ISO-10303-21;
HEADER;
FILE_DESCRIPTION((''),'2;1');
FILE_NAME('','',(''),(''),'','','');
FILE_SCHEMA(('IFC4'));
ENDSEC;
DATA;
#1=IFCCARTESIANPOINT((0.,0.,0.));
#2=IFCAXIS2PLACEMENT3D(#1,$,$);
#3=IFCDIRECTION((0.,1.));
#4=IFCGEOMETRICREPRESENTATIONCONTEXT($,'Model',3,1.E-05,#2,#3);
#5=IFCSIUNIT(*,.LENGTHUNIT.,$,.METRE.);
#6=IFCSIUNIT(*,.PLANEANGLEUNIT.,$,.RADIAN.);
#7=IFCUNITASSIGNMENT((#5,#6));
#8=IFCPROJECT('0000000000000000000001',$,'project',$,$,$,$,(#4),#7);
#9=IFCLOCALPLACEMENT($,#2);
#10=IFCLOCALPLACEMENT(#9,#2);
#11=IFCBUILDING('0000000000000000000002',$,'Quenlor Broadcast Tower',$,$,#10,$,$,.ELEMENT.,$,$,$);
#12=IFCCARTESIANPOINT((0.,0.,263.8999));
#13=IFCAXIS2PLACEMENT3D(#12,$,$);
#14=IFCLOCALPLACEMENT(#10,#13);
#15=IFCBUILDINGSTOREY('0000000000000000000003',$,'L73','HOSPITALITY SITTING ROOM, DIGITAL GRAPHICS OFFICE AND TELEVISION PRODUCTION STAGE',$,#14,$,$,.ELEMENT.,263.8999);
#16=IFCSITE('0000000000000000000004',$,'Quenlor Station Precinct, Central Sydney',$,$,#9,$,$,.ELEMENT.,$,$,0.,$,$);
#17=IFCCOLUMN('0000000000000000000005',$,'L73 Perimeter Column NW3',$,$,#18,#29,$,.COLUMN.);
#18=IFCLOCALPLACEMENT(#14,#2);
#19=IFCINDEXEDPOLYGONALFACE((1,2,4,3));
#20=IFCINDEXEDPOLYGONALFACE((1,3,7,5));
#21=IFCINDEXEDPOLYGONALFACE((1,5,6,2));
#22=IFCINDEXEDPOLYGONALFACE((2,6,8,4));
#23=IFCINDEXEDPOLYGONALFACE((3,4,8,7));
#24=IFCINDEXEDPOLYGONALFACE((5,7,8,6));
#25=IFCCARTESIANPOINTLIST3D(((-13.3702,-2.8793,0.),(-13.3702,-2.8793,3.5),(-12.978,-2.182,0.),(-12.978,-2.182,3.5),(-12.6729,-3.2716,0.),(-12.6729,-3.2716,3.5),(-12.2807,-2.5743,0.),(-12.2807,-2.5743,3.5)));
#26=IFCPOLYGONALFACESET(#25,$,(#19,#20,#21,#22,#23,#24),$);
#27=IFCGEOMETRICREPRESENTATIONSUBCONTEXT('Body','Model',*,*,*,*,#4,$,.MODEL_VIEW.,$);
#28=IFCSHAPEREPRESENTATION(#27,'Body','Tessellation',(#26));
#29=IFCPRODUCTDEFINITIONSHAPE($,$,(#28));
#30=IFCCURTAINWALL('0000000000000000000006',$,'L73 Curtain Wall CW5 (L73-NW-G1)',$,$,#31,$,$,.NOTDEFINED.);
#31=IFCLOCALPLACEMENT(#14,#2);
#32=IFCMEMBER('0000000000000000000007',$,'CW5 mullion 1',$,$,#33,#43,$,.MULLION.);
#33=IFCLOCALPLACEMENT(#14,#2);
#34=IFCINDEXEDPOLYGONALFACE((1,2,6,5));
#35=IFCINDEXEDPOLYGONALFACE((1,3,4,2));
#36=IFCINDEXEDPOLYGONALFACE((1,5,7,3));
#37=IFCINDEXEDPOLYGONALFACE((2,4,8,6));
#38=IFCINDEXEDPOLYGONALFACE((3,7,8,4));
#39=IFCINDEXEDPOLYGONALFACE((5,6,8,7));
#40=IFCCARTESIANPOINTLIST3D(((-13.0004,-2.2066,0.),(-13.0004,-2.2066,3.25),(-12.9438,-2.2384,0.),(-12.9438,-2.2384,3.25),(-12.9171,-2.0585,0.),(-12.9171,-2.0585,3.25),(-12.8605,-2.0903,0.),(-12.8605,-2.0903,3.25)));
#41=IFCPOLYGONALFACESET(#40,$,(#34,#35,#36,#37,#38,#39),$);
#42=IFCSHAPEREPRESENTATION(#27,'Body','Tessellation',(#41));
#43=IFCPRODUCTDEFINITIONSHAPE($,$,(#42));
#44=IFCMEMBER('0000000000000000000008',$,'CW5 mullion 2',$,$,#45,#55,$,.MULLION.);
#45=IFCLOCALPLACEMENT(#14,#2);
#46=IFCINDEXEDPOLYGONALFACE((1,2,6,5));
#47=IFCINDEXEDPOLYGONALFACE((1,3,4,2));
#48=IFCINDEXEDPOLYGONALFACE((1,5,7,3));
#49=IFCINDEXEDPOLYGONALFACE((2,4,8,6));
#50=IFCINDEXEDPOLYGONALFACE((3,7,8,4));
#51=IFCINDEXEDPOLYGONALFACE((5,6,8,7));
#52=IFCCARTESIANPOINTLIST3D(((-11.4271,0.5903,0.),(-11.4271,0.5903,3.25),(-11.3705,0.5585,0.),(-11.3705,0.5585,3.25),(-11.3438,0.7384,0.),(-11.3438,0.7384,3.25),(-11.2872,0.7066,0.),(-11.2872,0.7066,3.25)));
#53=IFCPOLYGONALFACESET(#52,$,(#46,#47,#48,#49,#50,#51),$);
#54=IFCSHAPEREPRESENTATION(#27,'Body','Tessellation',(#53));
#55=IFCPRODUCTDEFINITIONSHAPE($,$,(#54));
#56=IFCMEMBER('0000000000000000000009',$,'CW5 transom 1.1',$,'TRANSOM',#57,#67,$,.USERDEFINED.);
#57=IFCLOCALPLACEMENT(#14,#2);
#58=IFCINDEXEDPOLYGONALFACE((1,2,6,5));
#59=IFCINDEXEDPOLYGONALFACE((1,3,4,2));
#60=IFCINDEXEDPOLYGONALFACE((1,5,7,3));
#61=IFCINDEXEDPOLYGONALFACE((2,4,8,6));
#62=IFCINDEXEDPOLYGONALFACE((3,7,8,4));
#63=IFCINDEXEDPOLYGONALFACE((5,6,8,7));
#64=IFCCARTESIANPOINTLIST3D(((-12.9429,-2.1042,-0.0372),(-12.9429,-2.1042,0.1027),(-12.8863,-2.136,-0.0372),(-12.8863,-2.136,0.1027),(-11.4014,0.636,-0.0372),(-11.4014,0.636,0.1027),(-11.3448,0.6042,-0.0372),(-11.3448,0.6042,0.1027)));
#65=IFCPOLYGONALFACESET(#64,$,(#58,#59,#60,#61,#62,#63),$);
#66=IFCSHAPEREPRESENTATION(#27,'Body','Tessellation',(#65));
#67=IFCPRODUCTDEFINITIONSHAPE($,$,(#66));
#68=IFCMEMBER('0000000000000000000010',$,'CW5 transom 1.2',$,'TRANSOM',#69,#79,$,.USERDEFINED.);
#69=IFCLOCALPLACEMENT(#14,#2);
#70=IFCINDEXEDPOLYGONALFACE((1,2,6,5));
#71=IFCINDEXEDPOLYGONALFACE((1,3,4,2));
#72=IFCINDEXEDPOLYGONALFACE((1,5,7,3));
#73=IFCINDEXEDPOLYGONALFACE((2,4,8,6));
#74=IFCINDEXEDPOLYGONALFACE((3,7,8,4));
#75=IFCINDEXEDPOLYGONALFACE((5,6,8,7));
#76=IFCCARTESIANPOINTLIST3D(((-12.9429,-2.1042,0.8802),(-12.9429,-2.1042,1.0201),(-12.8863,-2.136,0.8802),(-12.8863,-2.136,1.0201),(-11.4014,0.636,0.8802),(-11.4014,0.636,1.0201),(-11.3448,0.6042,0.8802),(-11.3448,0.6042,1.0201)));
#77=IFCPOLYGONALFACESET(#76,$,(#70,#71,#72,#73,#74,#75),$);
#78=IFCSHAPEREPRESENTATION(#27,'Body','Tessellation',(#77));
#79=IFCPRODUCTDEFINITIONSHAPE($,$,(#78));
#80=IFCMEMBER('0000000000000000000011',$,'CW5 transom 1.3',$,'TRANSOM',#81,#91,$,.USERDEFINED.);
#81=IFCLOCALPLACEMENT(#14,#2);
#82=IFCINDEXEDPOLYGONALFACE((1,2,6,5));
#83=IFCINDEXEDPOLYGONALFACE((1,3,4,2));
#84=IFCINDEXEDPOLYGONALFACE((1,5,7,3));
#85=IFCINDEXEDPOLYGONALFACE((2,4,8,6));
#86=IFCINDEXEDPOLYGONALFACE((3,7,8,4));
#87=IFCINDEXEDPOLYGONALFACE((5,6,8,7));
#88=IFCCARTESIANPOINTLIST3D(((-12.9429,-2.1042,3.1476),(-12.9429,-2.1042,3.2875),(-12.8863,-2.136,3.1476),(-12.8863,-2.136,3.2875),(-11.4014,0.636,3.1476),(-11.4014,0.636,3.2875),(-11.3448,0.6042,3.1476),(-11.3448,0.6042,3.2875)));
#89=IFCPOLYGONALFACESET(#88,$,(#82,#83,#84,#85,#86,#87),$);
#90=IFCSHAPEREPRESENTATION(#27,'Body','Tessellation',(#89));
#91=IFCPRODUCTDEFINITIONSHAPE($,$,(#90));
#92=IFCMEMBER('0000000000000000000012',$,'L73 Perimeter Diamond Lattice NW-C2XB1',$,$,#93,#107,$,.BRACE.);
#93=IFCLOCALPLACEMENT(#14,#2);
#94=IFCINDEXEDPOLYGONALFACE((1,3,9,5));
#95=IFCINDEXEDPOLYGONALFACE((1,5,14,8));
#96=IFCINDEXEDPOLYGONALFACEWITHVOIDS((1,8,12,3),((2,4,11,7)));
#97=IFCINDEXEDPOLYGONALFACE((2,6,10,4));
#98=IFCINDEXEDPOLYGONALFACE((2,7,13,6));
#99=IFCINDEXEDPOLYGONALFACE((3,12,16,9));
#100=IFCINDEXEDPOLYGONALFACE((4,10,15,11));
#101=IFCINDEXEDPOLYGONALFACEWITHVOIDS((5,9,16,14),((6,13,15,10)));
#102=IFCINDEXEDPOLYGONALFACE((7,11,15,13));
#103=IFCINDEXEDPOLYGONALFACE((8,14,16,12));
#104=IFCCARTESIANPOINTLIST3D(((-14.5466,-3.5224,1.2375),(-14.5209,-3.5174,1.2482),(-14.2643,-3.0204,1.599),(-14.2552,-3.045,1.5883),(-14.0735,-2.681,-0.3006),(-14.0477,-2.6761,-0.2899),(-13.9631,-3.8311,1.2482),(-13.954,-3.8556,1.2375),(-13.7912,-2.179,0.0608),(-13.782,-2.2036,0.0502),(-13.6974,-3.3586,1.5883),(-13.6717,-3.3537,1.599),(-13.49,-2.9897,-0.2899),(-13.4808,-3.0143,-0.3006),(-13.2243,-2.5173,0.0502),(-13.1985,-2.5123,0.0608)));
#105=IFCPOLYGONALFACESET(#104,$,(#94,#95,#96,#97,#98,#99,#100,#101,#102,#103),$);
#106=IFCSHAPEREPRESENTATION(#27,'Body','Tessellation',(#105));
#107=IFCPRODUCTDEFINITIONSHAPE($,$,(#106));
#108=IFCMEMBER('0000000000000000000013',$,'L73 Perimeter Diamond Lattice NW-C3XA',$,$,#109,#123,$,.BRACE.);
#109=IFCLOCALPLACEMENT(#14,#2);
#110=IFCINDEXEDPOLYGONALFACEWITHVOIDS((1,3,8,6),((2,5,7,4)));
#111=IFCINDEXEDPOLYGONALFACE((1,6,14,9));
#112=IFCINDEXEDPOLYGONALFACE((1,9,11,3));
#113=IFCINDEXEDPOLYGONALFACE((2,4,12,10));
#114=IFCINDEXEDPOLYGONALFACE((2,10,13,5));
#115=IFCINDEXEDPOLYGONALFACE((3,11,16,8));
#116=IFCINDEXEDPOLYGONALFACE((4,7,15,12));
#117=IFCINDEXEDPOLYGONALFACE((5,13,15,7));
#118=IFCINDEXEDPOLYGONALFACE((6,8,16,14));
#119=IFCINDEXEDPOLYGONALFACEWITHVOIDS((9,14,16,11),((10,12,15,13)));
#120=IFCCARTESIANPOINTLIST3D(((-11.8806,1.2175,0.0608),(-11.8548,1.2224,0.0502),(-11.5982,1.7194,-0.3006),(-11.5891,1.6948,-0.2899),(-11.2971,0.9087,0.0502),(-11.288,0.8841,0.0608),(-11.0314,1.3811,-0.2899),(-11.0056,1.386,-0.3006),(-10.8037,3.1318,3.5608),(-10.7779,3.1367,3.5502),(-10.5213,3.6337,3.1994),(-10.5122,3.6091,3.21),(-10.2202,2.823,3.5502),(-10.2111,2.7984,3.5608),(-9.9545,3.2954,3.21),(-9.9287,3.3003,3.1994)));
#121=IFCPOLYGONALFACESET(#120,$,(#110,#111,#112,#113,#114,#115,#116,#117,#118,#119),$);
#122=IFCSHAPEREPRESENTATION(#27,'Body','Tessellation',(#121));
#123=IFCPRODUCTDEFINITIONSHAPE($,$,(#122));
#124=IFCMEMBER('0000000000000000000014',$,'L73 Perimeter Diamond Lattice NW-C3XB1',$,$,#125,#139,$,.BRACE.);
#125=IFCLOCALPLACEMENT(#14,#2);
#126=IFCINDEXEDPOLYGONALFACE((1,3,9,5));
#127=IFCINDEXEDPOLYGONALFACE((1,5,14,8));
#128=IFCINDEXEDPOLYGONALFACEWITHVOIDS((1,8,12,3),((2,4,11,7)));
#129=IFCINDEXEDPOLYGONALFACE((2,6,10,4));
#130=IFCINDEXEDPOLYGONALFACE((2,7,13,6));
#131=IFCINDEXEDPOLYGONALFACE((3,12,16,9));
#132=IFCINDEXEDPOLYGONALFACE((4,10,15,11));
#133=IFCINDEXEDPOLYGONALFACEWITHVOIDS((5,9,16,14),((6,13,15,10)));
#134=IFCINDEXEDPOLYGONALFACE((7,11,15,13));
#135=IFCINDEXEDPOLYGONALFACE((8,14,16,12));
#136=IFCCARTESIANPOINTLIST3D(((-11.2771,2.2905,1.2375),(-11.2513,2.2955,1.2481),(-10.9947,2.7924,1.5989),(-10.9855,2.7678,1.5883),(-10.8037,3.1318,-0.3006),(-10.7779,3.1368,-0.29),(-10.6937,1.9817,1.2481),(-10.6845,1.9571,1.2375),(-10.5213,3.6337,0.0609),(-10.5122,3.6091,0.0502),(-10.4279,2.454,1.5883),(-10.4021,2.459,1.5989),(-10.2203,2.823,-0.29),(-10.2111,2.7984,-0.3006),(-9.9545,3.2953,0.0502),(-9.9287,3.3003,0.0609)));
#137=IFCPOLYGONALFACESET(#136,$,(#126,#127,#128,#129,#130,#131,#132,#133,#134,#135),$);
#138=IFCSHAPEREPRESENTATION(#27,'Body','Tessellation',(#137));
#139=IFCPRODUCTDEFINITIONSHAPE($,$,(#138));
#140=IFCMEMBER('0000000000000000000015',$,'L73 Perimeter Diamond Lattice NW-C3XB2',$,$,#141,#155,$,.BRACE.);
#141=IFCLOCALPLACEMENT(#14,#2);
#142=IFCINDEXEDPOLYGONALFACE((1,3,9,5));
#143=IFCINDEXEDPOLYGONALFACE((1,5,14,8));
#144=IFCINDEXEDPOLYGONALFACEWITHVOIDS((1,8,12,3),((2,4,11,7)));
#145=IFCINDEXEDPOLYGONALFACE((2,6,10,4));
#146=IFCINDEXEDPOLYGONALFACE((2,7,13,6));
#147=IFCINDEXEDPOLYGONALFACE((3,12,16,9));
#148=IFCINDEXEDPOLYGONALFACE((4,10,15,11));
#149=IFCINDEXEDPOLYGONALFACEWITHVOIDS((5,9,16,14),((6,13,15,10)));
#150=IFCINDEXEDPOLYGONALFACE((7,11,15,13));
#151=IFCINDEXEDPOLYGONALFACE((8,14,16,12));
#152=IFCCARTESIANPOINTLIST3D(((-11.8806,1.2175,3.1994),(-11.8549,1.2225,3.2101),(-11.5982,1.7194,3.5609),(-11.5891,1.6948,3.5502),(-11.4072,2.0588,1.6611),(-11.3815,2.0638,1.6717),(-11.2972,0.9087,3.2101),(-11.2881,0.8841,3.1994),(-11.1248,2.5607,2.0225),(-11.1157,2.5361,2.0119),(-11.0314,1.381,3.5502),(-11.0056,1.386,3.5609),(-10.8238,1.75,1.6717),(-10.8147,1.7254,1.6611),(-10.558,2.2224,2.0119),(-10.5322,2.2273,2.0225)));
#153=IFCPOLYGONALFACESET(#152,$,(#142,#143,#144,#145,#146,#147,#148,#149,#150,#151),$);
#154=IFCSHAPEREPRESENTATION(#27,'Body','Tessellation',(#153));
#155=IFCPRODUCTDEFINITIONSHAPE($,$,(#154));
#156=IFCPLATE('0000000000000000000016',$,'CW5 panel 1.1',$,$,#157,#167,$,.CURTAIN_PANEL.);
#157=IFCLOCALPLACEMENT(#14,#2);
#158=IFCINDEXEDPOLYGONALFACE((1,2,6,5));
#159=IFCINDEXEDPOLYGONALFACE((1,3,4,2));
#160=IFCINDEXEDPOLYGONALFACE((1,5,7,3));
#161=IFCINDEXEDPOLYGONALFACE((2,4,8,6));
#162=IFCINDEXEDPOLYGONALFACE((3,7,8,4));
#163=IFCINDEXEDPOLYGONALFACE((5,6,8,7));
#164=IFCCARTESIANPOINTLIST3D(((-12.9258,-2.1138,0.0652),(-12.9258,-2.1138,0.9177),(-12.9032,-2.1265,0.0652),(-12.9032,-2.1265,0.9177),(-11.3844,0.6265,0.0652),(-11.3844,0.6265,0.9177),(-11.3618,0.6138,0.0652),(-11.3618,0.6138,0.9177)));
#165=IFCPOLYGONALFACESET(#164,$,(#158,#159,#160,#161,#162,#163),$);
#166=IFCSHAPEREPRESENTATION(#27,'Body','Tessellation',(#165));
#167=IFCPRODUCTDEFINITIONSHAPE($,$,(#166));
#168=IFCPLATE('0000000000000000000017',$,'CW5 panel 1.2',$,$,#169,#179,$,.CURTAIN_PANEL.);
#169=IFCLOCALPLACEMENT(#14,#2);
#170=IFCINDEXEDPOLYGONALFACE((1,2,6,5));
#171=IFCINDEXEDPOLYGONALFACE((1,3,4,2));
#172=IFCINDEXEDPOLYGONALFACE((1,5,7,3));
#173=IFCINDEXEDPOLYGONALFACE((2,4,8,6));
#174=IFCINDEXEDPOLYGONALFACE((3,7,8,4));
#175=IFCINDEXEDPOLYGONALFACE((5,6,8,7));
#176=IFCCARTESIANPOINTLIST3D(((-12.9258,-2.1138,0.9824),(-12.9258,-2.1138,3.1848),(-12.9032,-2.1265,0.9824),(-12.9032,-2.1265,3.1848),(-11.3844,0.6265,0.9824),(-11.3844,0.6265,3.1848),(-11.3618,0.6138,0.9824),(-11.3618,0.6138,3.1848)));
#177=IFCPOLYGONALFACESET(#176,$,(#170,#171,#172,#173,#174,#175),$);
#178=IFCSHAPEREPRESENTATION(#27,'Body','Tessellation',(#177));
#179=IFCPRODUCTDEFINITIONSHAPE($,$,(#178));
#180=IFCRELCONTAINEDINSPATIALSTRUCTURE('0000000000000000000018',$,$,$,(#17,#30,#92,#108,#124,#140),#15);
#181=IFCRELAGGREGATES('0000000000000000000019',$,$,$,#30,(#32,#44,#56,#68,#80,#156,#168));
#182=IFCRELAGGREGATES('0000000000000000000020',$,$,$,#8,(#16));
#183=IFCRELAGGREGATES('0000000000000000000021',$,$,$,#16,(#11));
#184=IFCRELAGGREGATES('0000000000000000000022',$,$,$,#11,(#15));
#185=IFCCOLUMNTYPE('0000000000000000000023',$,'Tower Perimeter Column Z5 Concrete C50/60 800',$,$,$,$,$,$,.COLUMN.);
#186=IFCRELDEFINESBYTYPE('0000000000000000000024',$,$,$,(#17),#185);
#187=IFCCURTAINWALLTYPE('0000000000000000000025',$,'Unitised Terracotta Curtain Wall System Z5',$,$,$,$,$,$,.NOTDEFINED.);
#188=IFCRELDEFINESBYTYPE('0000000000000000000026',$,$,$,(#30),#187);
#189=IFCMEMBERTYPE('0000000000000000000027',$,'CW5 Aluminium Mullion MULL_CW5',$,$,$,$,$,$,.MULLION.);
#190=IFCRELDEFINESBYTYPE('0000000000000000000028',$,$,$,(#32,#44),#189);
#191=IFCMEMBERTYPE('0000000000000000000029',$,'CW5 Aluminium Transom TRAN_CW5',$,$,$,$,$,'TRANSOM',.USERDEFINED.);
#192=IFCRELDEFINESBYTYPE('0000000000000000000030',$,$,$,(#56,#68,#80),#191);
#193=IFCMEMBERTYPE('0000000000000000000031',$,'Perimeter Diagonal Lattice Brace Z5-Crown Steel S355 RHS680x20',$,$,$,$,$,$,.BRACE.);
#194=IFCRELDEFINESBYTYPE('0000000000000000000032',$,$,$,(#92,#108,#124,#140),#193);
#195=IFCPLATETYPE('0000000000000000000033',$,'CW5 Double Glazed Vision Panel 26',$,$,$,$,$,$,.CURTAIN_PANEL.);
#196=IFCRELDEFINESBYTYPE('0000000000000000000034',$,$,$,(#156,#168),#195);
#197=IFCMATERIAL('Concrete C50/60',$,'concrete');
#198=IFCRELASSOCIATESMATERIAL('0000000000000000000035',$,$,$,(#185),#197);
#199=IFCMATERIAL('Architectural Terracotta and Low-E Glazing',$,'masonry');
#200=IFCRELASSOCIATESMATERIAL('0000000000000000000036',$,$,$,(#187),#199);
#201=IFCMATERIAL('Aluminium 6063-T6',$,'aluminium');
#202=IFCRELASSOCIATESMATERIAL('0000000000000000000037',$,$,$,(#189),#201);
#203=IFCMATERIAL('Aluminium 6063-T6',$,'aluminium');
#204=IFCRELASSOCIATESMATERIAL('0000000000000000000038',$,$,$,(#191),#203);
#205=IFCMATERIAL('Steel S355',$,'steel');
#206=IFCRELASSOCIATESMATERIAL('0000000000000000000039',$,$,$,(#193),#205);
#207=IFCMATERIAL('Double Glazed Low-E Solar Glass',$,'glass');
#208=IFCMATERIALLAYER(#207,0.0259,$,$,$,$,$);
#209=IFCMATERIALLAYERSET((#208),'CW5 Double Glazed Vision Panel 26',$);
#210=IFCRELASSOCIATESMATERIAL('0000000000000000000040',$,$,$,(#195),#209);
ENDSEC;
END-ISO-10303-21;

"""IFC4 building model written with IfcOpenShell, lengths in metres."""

from ifc_helpers import new_model, si_unit, direction, frame, origin, origin_2d, place, context, subcontext, project, spatial, rectangle, hollow_rectangle, extrude, material, layer, layer_set, material_profile, profile_set, type_object, element, aggregate, save


model = new_model("IFC4")

# Units and contexts
model_context = context("Model", 3, precision=1e-05, world=origin(), true_north=direction((0.0, 1.0)))
body_context = subcontext(model_context, "Body", "Model", "MODEL_VIEW")
ifc_project = project(units=[si_unit("LENGTHUNIT", "METRE"), si_unit("PLANEANGLEUNIT", "RADIAN")], contexts=[model_context])

# Site, building, storey
site_placement = place(None, origin())
site = spatial("IfcSite", under=ifc_project, at=site_placement, Name="Quenlor Station Precinct, Central Sydney", CompositionType="ELEMENT", RefElevation=0.0)
building_placement = place(site_placement, origin())
building = spatial("IfcBuilding", under=site, at=building_placement, Name="Quenlor Broadcast Tower", CompositionType="ELEMENT")
storey_placement = place(building_placement, frame((0.0, 0.0, 263.8999)))
storey = spatial("IfcBuildingStorey", under=building, at=storey_placement, Name="L73", Description="HOSPITALITY SITTING ROOM, DIGITAL GRAPHICS OFFICE AND TELEVISION PRODUCTION STAGE", CompositionType="ELEMENT", Elevation=263.8999)

# Column
ifc_material_1 = material(Name="Concrete C50/60", Category="concrete")
ifc_material_profile_1 = material_profile(ifc_material_1, rectangle(XDim=0.8, YDim=0.8, at=origin_2d()))
ifc_profile_set_1 = profile_set([ifc_material_profile_1], Name="Concrete C50/60 RC800x800")
column_type = type_object("IfcColumnType", Name="Tower Perimeter Column Z5 Concrete C50/60 800", PredefinedType="COLUMN", material=ifc_profile_set_1)
column_placement = place(storey_placement, frame((-12.8254, -2.7268, 0.0), z_axis=(0.0, 0.0, 1.0), x_axis=(-0.871575, 0.490262, 0.0)))
element("IfcColumn", 1, at=column_placement, inside=storey, type_object=column_type, Name="L73 Perimeter Column NW3", PredefinedType="COLUMN", context=body_context, shape_type="SweptSolid", body=[
    extrude(rectangle(XDim=0.8, YDim=0.8, at=origin_2d()), origin(), (0.0, 0.0, 1.0), 3.5),
])

# Curtain wall, members
ifc_material_2 = material(Name="Architectural Terracotta and Low-E Glazing", Category="masonry")
curtain_wall_type = type_object("IfcCurtainWallType", Name="Unitised Terracotta Curtain Wall System Z5", PredefinedType="NOTDEFINED", material=ifc_material_2)
curtain_wall_placement = place(storey_placement, origin())
curtain_wall = element("IfcCurtainWall", 2, at=curtain_wall_placement, inside=storey, type_object=curtain_wall_type, Name="L73 Curtain Wall CW5 (L73-NW-G1)", PredefinedType="NOTDEFINED")
ifc_material_3 = material(Name="Aluminium 6063-T6", Category="aluminium")
ifc_material_profile_2 = material_profile(ifc_material_3, rectangle(XDim=0.0649, YDim=0.1699, at=origin_2d()))
ifc_profile_set_2 = profile_set([ifc_material_profile_2], Name="Aluminium 6063-T6 MULL65x170")
member_type_1 = type_object("IfcMemberType", Name="CW5 Aluminium Mullion MULL_CW5", PredefinedType="MULLION", material=ifc_profile_set_2)
member_1_placement = place(storey_placement, frame((-12.9304, -2.1484, 0.0), z_axis=(0.0, 0.0, 1.0), x_axis=(-0.871575, 0.490263, 0.0)))
member_1 = element("IfcMember", 3, at=member_1_placement, type_object=member_type_1, Name="CW5 mullion 1", PredefinedType="MULLION", context=body_context, shape_type="SweptSolid", body=[
    extrude(rectangle(XDim=0.0649, YDim=0.1699, at=origin_2d()), origin(), (0.0, 0.0, 1.0), 3.25),
])
member_2_placement = place(storey_placement, frame((-11.3572, 0.6484, 0.0), z_axis=(0.0, 0.0, 1.0), x_axis=(-0.871575, 0.490263, 0.0)))
member_2 = element("IfcMember", 4, at=member_2_placement, type_object=member_type_1, Name="CW5 mullion 2", PredefinedType="MULLION", context=body_context, shape_type="SweptSolid", body=[
    extrude(rectangle(XDim=0.0649, YDim=0.1699, at=origin_2d()), origin(), (0.0, 0.0, 1.0), 3.25),
])
ifc_material_4 = material(Name="Aluminium 6063-T6", Category="aluminium")
ifc_material_profile_3 = material_profile(ifc_material_4, rectangle(XDim=0.0649, YDim=0.1399, at=origin_2d()))
ifc_profile_set_3 = profile_set([ifc_material_profile_3], Name="Aluminium 6063-T6 TRAN65x140")
member_type_2 = type_object("IfcMemberType", Name="CW5 Aluminium Transom TRAN_CW5", ElementType="TRANSOM", PredefinedType="USERDEFINED", material=ifc_profile_set_3)
member_3_placement = place(storey_placement, frame((-12.9146, -2.1201, 0.0327), z_axis=(0.490291, 0.871559, 0.0), x_axis=(-0.871559, 0.490291, 0.0)))
member_3 = element("IfcMember", 5, at=member_3_placement, type_object=member_type_2, Name="CW5 transom 1.1", ObjectType="TRANSOM", PredefinedType="USERDEFINED", context=body_context, shape_type="SweptSolid", body=[
    extrude(rectangle(XDim=0.0649, YDim=0.1399, at=origin_2d()), origin(), (0.0, 0.0, 1.0), 3.144),
])
member_4_placement = place(storey_placement, frame((-12.9146, -2.1201, 0.9502), z_axis=(0.490291, 0.871559, 0.0), x_axis=(-0.871559, 0.490291, 0.0)))
member_4 = element("IfcMember", 6, at=member_4_placement, type_object=member_type_2, Name="CW5 transom 1.2", ObjectType="TRANSOM", PredefinedType="USERDEFINED", context=body_context, shape_type="SweptSolid", body=[
    extrude(rectangle(XDim=0.0649, YDim=0.1399, at=origin_2d()), origin(), (0.0, 0.0, 1.0), 3.144),
])
member_5_placement = place(storey_placement, frame((-12.9146, -2.1201, 3.2175), z_axis=(0.490291, 0.871559, 0.0), x_axis=(-0.871559, 0.490291, 0.0)))
member_5 = element("IfcMember", 7, at=member_5_placement, type_object=member_type_2, Name="CW5 transom 1.3", ObjectType="TRANSOM", PredefinedType="USERDEFINED", context=body_context, shape_type="SweptSolid", body=[
    extrude(rectangle(XDim=0.0649, YDim=0.1399, at=origin_2d()), origin(), (0.0, 0.0, 1.0), 3.144),
])

# Members
ifc_material_5 = material(Name="Steel S355", Category="steel")
ifc_material_profile_4 = material_profile(ifc_material_5, hollow_rectangle(XDim=0.6799, YDim=0.6799, WallThickness=0.02, at=origin_2d()))
ifc_profile_set_4 = profile_set([ifc_material_profile_4], Name="Steel S355 RHS680x680x20")
member_type_3 = type_object("IfcMemberType", Name="Perimeter Diagonal Lattice Brace Z5-Crown Steel S355 RHS680x20", PredefinedType="BRACE", material=ifc_profile_set_4)
member_6_placement = place(storey_placement, frame((-13.636, -2.5967, -0.1199), z_axis=(-0.260561, -0.463309, 0.847025), x_axis=(0.871616, -0.490189, 0.0)))
element("IfcMember", 8, at=member_6_placement, inside=storey, type_object=member_type_3, Name="L73 Perimeter Diamond Lattice NW-C2XB1", PredefinedType="BRACE", context=body_context, shape_type="SweptSolid", body=[
    extrude(hollow_rectangle(XDim=0.6799, YDim=0.6799, WallThickness=0.02, at=origin_2d()), origin(), (0.0, 0.0, 1.0), 1.8159),
])
member_7_placement = place(storey_placement, frame((-11.4431, 1.3018, -0.1199), z_axis=(0.260619, 0.463276, 0.847026), x_axis=(-0.871555, 0.490298, 0.0)))
element("IfcMember", 9, at=member_7_placement, inside=storey, type_object=member_type_3, Name="L73 Perimeter Diamond Lattice NW-C3XA", PredefinedType="BRACE", context=body_context, shape_type="SweptSolid", body=[
    extrude(hollow_rectangle(XDim=0.6799, YDim=0.6799, WallThickness=0.02, at=origin_2d()), origin(), (0.0, 0.0, 1.0), 4.1321),
])
member_8_placement = place(storey_placement, frame((-10.3662, 3.2161, -0.1199), z_axis=(-0.260686, -0.463293, 0.846996), x_axis=(0.871508, -0.490381, 0.0)))
element("IfcMember", 10, at=member_8_placement, inside=storey, type_object=member_type_3, Name="L73 Perimeter Diamond Lattice NW-C3XB1", PredefinedType="BRACE", context=body_context, shape_type="SweptSolid", body=[
    extrude(hollow_rectangle(XDim=0.6799, YDim=0.6799, WallThickness=0.02, at=origin_2d()), origin(), (0.0, 0.0, 1.0), 1.8159),
])
member_9_placement = place(storey_placement, frame((-10.9697, 2.1431, 1.8418), z_axis=(-0.260657, -0.463241, 0.847034), x_axis=(0.871508, -0.490381, 0.0)))
element("IfcMember", 11, at=member_9_placement, inside=storey, type_object=member_type_3, Name="L73 Perimeter Diamond Lattice NW-C3XB2", PredefinedType="BRACE", context=body_context, shape_type="SweptSolid", body=[
    extrude(hollow_rectangle(XDim=0.6799, YDim=0.6799, WallThickness=0.02, at=origin_2d()), origin(), (0.0, 0.0, 1.0), 1.8162),
])

# Plates
ifc_material_6 = material(Name="Double Glazed Low-E Solar Glass", Category="glass")
ifc_layer_1 = layer(ifc_material_6, 0.0259)
ifc_layer_set_1 = layer_set([ifc_layer_1], Name="CW5 Double Glazed Vision Panel 26")
plate_type_1 = type_object("IfcPlateType", Name="CW5 Double Glazed Vision Panel 26", PredefinedType="CURTAIN_PANEL", material=ifc_layer_set_1)
plate_1_placement = place(storey_placement, frame((-12.1438, -0.75, 0.0652), z_axis=(0.0, 0.0, 1.0), x_axis=(0.490263, 0.871575, 0.0)))
plate_1 = element("IfcPlate", 12, at=plate_1_placement, type_object=plate_type_1, Name="CW5 panel 1.1", PredefinedType="CURTAIN_PANEL", context=body_context, shape_type="SweptSolid", body=[
    extrude(rectangle(XDim=3.144, YDim=0.0259, at=origin_2d()), origin(), (0.0, 0.0, 1.0), 0.8525),
])
plate_2_placement = place(storey_placement, frame((-12.1438, -0.75, 0.9824), z_axis=(0.0, 0.0, 1.0), x_axis=(0.490263, 0.871575, 0.0)))
plate_2 = element("IfcPlate", 13, at=plate_2_placement, type_object=plate_type_1, Name="CW5 panel 1.2", PredefinedType="CURTAIN_PANEL", context=body_context, shape_type="SweptSolid", body=[
    extrude(rectangle(XDim=3.144, YDim=0.0259, at=origin_2d()), origin(), (0.0, 0.0, 1.0), 2.2024),
])
aggregate(curtain_wall, [member_1, member_2, member_3, member_4, member_5, plate_1, plate_2])

save(model, "model.ifc")
